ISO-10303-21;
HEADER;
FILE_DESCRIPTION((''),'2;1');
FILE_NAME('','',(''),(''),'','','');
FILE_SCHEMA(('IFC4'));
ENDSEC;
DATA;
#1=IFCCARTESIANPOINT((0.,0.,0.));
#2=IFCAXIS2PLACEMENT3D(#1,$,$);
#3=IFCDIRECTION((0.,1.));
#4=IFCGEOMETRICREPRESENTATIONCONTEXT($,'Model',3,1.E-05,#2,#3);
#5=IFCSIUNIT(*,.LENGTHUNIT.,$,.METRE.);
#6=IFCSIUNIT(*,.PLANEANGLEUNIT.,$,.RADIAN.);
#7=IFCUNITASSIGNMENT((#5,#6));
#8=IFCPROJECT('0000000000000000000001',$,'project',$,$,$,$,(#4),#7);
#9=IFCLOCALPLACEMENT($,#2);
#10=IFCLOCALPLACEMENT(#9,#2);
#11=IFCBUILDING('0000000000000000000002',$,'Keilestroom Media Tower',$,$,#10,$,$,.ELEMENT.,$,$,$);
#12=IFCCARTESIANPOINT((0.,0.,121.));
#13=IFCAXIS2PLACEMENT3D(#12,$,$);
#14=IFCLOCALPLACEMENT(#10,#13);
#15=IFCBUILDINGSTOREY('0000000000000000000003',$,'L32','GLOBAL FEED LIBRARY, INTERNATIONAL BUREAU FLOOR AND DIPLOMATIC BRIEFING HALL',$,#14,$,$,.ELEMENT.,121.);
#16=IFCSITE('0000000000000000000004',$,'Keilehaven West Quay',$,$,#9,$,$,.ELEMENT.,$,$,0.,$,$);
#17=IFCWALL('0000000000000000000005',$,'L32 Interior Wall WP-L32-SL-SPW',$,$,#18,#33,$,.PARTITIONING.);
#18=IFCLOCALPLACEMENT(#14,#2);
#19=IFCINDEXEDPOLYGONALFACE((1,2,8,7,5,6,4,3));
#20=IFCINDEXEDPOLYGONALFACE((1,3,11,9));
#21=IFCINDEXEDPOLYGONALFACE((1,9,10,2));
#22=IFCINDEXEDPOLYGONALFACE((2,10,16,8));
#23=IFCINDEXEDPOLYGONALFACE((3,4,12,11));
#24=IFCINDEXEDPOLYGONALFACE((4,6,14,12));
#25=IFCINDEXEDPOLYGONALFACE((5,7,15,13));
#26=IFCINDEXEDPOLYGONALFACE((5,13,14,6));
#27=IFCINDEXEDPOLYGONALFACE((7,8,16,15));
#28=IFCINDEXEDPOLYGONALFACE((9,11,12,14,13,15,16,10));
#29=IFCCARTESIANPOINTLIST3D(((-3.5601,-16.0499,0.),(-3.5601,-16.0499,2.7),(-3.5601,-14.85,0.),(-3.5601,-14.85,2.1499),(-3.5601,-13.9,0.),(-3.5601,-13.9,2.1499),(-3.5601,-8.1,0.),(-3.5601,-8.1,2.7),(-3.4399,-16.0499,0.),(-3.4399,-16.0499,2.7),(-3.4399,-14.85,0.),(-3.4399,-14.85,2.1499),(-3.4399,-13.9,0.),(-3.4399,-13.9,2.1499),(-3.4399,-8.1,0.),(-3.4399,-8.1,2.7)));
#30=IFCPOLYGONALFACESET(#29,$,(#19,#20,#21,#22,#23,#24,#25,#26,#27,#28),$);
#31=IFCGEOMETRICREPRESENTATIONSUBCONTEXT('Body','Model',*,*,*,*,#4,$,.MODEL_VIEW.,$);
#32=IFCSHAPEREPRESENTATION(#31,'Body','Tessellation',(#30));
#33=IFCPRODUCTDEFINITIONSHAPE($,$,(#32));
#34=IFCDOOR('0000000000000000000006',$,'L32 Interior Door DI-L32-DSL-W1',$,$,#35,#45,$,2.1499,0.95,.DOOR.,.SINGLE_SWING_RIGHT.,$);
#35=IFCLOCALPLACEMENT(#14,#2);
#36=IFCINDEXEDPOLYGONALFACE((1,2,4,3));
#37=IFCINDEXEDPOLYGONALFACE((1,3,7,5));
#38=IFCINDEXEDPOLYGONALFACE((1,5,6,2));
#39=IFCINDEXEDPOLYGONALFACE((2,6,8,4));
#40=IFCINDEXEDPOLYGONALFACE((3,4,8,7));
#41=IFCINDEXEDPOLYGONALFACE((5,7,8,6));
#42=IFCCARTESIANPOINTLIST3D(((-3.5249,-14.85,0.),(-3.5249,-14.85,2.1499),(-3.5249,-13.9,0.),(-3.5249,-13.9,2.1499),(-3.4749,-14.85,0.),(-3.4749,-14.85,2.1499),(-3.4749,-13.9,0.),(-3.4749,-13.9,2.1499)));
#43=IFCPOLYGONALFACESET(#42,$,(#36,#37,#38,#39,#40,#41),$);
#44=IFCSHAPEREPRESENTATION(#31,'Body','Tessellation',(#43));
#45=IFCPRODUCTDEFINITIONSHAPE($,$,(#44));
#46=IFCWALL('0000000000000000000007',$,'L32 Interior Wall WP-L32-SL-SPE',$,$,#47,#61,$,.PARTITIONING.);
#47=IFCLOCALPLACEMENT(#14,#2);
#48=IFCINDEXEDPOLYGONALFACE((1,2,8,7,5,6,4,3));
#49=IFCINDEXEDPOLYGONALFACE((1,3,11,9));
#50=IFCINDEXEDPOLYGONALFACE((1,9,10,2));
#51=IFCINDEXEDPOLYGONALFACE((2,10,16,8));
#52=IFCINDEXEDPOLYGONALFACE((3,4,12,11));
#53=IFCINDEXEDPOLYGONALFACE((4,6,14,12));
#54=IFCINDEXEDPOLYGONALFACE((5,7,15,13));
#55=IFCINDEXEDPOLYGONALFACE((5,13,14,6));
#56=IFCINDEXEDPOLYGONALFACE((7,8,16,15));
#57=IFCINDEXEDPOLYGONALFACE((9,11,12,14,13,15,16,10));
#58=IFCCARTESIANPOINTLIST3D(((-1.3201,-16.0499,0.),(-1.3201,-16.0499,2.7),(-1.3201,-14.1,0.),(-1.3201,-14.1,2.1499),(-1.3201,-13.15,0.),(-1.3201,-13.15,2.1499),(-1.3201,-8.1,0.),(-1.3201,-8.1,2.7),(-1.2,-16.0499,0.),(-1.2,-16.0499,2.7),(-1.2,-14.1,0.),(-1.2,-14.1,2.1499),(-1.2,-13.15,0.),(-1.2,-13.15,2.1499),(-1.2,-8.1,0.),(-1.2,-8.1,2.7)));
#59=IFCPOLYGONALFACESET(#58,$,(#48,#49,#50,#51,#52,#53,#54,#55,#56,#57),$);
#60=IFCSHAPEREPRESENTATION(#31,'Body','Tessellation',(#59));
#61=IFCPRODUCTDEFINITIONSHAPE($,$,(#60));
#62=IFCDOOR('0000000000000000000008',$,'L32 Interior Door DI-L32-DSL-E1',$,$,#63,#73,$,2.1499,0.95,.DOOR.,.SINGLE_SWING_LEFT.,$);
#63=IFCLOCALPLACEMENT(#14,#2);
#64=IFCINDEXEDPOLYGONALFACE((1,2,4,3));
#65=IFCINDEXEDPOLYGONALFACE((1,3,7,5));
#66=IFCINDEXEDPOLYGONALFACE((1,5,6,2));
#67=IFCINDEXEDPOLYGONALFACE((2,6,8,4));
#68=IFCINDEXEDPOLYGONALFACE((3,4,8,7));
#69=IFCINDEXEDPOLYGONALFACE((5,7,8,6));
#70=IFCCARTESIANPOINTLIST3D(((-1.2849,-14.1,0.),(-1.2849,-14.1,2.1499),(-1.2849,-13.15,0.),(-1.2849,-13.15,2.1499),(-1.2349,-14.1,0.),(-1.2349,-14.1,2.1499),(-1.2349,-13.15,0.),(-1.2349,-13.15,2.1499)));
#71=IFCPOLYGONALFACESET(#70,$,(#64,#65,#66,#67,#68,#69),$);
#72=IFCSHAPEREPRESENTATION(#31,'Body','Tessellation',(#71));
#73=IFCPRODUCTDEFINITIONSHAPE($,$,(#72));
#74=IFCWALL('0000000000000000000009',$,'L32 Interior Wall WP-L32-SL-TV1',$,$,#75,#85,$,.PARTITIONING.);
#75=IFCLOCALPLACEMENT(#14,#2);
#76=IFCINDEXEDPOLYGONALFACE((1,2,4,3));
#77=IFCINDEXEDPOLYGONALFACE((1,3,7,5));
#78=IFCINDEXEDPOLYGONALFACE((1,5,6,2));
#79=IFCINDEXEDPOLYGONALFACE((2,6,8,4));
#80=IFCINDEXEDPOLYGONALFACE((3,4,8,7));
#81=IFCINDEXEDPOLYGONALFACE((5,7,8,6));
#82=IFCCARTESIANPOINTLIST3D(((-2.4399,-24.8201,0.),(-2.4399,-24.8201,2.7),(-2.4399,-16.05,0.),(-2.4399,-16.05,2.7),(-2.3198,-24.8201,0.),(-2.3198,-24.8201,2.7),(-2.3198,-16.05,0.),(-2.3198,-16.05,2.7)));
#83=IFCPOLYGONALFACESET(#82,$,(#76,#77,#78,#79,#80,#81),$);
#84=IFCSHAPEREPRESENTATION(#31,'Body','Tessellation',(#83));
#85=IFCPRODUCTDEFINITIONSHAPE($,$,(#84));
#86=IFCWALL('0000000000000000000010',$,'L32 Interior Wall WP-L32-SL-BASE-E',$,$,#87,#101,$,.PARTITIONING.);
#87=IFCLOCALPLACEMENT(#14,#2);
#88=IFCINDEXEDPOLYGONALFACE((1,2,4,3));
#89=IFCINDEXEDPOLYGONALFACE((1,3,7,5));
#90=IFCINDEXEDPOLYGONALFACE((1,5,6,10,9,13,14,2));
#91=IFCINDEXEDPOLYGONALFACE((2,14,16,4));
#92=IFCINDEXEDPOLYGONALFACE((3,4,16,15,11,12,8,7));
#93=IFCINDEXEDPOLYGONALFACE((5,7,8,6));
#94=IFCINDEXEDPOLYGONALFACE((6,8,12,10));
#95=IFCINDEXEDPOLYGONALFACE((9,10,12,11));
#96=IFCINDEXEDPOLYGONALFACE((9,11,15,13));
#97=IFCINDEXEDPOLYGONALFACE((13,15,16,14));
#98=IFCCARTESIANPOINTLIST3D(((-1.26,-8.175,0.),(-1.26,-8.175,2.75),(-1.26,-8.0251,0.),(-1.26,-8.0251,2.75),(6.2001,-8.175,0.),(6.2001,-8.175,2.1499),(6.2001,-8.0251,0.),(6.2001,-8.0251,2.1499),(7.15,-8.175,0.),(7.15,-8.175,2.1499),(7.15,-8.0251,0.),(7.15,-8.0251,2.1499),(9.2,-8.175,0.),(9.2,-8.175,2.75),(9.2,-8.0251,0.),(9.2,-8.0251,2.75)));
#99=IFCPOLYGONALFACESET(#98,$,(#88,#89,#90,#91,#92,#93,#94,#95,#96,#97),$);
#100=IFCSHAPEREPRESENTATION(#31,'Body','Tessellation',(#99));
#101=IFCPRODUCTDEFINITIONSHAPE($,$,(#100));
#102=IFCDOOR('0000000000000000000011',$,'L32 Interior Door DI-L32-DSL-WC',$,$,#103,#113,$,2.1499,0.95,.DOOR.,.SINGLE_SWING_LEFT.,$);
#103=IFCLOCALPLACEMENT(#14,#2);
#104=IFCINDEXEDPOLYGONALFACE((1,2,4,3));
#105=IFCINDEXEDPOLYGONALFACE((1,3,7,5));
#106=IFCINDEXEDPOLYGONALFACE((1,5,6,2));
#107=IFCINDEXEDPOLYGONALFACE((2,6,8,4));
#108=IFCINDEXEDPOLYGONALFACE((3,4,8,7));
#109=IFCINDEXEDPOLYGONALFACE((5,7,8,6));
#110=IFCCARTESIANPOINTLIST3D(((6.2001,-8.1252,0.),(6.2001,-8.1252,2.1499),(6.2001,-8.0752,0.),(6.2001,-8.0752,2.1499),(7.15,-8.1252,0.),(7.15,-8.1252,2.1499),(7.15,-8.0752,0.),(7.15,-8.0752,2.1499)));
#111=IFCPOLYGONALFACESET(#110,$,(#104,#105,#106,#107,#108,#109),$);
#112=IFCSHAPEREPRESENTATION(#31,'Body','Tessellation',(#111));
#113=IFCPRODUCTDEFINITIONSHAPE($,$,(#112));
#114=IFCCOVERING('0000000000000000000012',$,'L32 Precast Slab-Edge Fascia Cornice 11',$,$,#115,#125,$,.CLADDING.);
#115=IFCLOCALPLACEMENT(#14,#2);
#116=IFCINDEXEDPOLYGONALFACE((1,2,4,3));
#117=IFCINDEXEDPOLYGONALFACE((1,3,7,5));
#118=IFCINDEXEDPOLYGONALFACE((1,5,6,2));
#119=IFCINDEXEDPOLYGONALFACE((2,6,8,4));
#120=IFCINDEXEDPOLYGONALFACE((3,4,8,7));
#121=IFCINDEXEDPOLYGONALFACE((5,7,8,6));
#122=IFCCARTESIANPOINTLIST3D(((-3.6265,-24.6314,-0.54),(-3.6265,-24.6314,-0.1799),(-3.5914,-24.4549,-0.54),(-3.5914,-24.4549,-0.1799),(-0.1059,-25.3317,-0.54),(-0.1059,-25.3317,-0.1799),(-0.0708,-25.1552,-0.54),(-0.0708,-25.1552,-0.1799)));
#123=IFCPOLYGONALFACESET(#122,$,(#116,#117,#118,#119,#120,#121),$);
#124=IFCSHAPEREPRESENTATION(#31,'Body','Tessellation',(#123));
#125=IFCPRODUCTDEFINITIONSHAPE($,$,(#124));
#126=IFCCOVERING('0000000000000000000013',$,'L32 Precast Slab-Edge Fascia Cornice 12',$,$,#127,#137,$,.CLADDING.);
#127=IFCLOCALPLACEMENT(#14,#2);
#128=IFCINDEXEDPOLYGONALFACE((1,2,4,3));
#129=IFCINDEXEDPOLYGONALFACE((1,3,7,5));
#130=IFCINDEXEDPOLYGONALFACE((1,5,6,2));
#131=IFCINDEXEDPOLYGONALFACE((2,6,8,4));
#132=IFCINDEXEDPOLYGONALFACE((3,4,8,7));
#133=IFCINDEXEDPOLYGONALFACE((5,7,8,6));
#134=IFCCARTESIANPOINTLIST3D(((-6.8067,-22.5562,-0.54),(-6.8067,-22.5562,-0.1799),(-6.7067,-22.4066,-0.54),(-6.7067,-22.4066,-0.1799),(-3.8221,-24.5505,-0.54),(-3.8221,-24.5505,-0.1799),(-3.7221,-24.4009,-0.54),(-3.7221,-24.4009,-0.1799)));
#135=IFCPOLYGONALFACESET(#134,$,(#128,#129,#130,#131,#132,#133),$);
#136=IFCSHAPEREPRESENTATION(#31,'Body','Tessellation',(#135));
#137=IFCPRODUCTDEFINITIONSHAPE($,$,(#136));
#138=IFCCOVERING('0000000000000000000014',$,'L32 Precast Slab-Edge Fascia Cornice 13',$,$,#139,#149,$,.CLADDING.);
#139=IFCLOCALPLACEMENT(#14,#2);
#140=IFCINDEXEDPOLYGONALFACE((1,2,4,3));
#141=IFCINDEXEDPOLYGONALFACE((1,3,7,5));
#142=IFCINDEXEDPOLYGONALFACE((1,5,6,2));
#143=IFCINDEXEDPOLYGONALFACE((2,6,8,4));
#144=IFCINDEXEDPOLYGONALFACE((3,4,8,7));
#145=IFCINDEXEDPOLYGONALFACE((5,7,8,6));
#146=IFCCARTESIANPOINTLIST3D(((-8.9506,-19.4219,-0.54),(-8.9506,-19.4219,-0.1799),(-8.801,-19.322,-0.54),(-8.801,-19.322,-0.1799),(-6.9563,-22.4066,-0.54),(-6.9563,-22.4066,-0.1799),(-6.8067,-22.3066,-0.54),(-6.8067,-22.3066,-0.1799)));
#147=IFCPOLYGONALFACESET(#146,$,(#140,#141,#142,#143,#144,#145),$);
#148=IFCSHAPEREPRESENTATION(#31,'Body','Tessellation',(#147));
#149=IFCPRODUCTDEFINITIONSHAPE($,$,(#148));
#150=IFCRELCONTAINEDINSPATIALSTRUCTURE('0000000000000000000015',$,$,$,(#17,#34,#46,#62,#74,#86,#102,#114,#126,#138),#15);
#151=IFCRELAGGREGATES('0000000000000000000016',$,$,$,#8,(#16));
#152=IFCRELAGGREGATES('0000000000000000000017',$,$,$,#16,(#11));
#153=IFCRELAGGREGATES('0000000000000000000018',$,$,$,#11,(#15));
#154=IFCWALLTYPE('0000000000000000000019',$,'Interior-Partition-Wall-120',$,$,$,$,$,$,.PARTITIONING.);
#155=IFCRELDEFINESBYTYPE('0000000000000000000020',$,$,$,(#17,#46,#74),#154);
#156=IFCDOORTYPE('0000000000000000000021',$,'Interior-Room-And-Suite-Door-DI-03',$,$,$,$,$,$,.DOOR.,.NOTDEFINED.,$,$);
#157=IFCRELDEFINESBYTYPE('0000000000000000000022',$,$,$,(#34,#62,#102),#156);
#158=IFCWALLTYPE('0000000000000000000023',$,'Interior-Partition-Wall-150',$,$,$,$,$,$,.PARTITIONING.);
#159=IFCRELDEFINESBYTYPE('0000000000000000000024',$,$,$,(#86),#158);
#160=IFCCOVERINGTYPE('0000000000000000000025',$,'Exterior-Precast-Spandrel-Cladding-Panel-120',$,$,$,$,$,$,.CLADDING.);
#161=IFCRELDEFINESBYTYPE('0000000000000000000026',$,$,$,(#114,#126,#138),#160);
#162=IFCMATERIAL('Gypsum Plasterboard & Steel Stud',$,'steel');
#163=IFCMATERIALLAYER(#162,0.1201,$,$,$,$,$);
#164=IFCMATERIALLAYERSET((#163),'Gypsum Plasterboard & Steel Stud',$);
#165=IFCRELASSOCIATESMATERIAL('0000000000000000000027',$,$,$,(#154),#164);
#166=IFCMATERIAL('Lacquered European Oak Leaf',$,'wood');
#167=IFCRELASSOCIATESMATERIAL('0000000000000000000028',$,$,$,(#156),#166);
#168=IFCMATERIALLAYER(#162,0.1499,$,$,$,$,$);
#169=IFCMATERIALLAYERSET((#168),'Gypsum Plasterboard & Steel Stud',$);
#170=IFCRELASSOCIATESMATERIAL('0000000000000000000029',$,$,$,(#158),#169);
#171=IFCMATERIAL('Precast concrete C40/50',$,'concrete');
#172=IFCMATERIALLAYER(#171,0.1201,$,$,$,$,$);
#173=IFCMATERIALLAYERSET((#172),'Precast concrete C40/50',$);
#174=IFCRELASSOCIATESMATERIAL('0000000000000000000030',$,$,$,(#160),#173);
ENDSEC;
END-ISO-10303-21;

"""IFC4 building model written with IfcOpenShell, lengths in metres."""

from ifc_helpers import new_model, si_unit, direction, frame, frame_2d, origin, origin_2d, place, context, subcontext, project, spatial, rectangle, extrude, source, transform, mapped, material, layer, layer_set, type_object, element, fill, save


model = new_model("IFC4")

# Units and contexts
model_context = context("Model", 3, precision=1e-05, world=origin(), true_north=direction((0.0, 1.0)))
body_context = subcontext(model_context, "Body", "Model", "MODEL_VIEW")
ifc_project = project(units=[si_unit("LENGTHUNIT", "METRE"), si_unit("PLANEANGLEUNIT", "RADIAN")], contexts=[model_context])

# Site, building, storey
site_placement = place(None, origin())
site = spatial("IfcSite", under=ifc_project, at=site_placement, Name="Keilehaven West Quay", CompositionType="ELEMENT", RefElevation=0.0)
building_placement = place(site_placement, origin())
building = spatial("IfcBuilding", under=site, at=building_placement, Name="Keilestroom Media Tower", CompositionType="ELEMENT")
storey_placement = place(building_placement, frame((0.0, 0.0, 121.0)))
storey = spatial("IfcBuildingStorey", under=building, at=storey_placement, Name="L32", Description="GLOBAL FEED LIBRARY, INTERNATIONAL BUREAU FLOOR AND DIPLOMATIC BRIEFING HALL", CompositionType="ELEMENT", Elevation=121.0)

# Shared definitions
ifc_material_1 = material(Name="Precast concrete C40/50", Category="concrete")

# Walls, openings, doors
ifc_material_2 = material(Name="Gypsum Plasterboard & Steel Stud", Category="steel")
ifc_layer_1 = layer(ifc_material_2, 0.1201)
ifc_layer_set_1 = layer_set([ifc_layer_1], Name="Gypsum Plasterboard & Steel Stud")
wall_type_1 = type_object("IfcWallType", Name="Interior-Partition-Wall-120", PredefinedType="PARTITIONING", material=ifc_layer_set_1)
wall_1_placement = place(storey_placement, frame((-3.5, -16.05, 0.0), z_axis=(0.0, 0.0, 1.0), x_axis=(0.0, 1.0, 0.0)))
wall_1 = element("IfcWall", 1, at=wall_1_placement, inside=storey, type_object=wall_type_1, Name="L32 Interior Wall WP-L32-SL-SPW", PredefinedType="PARTITIONING", context=body_context, shape_type="SweptSolid", body=[
    extrude(rectangle(XDim=7.95, YDim=0.1201, at=frame_2d((3.9751, 0.0))), origin(), (0.0, 0.0, 1.0), 2.7),
])
opening_1_placement = place(wall_1_placement, frame((1.2, 0.0, 0.0)))
opening_1 = element("IfcOpeningElement", 2, at=opening_1_placement, cuts=wall_1, PredefinedType="OPENING", context=body_context, shape_type="SweptSolid", body=[
    extrude(rectangle(XDim=0.95, YDim=2.1499, at=frame_2d((0.4751, 1.075))), frame((0.0, 0.0701, 0.0), z_axis=(0.0, -1.0, 0.0), x_axis=(1.0, 0.0, 0.0)), (0.0, 0.0, 1.0), 0.1401),
])
ifc_material_3 = material(Name="Lacquered European Oak Leaf", Category="wood")
door_type = type_object("IfcDoorType", Name="Interior-Room-And-Suite-Door-DI-03", OperationType="NOTDEFINED", PredefinedType="DOOR", material=ifc_material_3)
shared_shape_1 = source(origin(), body_context, "Body", "SweptSolid", [
    extrude(rectangle(XDim=0.95, YDim=2.1499, at=frame_2d((0.4751, 1.075))), frame((0.0, 0.0249, 0.0), z_axis=(0.0, -1.0, 0.0), x_axis=(1.0, 0.0, 0.0)), (0.0, 0.0, 1.0), 0.05),
])
door_1_placement = place(opening_1_placement, origin())
door_1 = element("IfcDoor", 3, at=door_1_placement, inside=storey, type_object=door_type, Name="L32 Interior Door DI-L32-DSL-W1", OperationType="SINGLE_SWING_RIGHT", OverallHeight=2.1499, OverallWidth=0.95, PredefinedType="DOOR", context=body_context, shape_type="MappedRepresentation", body=[
    mapped(shared_shape_1, transform((0.0, 0.0, 0.0), x_axis=(1.0, 0.0, 0.0), y_axis=(0.0, 1.0, 0.0), z_axis=(0.0, 0.0, 1.0), scale=1.0)),
])
fill(opening_1, door_1)
wall_2_placement = place(storey_placement, frame((-1.26, -16.05, 0.0), z_axis=(0.0, 0.0, 1.0), x_axis=(0.0, 1.0, 0.0)))
wall_2 = element("IfcWall", 4, at=wall_2_placement, inside=storey, type_object=wall_type_1, Name="L32 Interior Wall WP-L32-SL-SPE", PredefinedType="PARTITIONING", context=body_context, shape_type="SweptSolid", body=[
    extrude(rectangle(XDim=7.95, YDim=0.1201, at=frame_2d((3.9751, 0.0))), origin(), (0.0, 0.0, 1.0), 2.7),
])
opening_2_placement = place(wall_2_placement, frame((1.95, 0.0, 0.0)))
opening_2 = element("IfcOpeningElement", 5, at=opening_2_placement, cuts=wall_2, PredefinedType="OPENING", context=body_context, shape_type="SweptSolid", body=[
    extrude(rectangle(XDim=0.95, YDim=2.1499, at=frame_2d((0.4751, 1.075))), frame((0.0, 0.0701, 0.0), z_axis=(0.0, -1.0, 0.0), x_axis=(1.0, 0.0, 0.0)), (0.0, 0.0, 1.0), 0.1401),
])
door_2_placement = place(opening_2_placement, origin())
door_2 = element("IfcDoor", 6, at=door_2_placement, inside=storey, type_object=door_type, Name="L32 Interior Door DI-L32-DSL-E1", OperationType="SINGLE_SWING_LEFT", OverallHeight=2.1499, OverallWidth=0.95, PredefinedType="DOOR", context=body_context, shape_type="MappedRepresentation", body=[
    mapped(shared_shape_1, transform((0.0, 0.0, 0.0), x_axis=(1.0, 0.0, 0.0), y_axis=(0.0, 1.0, 0.0), z_axis=(0.0, 0.0, 1.0), scale=1.0)),
])
fill(opening_2, door_2)

# Wall
wall_3_placement = place(storey_placement, frame((-2.3799, -24.8201, 0.0), z_axis=(0.0, 0.0, 1.0), x_axis=(0.0, 1.0, 0.0)))
element("IfcWall", 7, at=wall_3_placement, inside=storey, type_object=wall_type_1, Name="L32 Interior Wall WP-L32-SL-TV1", PredefinedType="PARTITIONING", context=body_context, shape_type="SweptSolid", body=[
    extrude(rectangle(XDim=8.77, YDim=0.1201, at=frame_2d((4.385, 0.0))), origin(), (0.0, 0.0, 1.0), 2.7),
])

# Wall, opening, door
ifc_layer_2 = layer(ifc_material_2, 0.1499)
ifc_layer_set_2 = layer_set([ifc_layer_2], Name="Gypsum Plasterboard & Steel Stud")
wall_type_2 = type_object("IfcWallType", Name="Interior-Partition-Wall-150", PredefinedType="PARTITIONING", material=ifc_layer_set_2)
wall_4_placement = place(storey_placement, frame((-1.26, -8.1001, 0.0), z_axis=(0.0, 0.0, 1.0), x_axis=(1.0, 0.0, 0.0)))
wall_4 = element("IfcWall", 8, at=wall_4_placement, inside=storey, type_object=wall_type_2, Name="L32 Interior Wall WP-L32-SL-BASE-E", PredefinedType="PARTITIONING", context=body_context, shape_type="SweptSolid", body=[
    extrude(rectangle(XDim=10.46, YDim=0.1499, at=frame_2d((5.23, 0.0))), origin(), (0.0, 0.0, 1.0), 2.75),
])
opening_3_placement = place(wall_4_placement, frame((7.46, 0.0, 0.0)))
opening_3 = element("IfcOpeningElement", 9, at=opening_3_placement, cuts=wall_4, PredefinedType="OPENING", context=body_context, shape_type="SweptSolid", body=[
    extrude(rectangle(XDim=0.95, YDim=2.1499, at=frame_2d((0.4751, 1.075))), frame((0.0, 0.085, 0.0), z_axis=(0.0, -1.0, 0.0), x_axis=(1.0, 0.0, 0.0)), (0.0, 0.0, 1.0), 0.1699),
])
door_3_placement = place(opening_3_placement, origin())
door_3 = element("IfcDoor", 10, at=door_3_placement, inside=storey, type_object=door_type, Name="L32 Interior Door DI-L32-DSL-WC", OperationType="SINGLE_SWING_LEFT", OverallHeight=2.1499, OverallWidth=0.95, PredefinedType="DOOR", context=body_context, shape_type="MappedRepresentation", body=[
    mapped(shared_shape_1, transform((0.0, 0.0, 0.0), x_axis=(1.0, 0.0, 0.0), y_axis=(0.0, 1.0, 0.0), z_axis=(0.0, 0.0, 1.0), scale=1.0)),
])
fill(opening_3, door_3)

# Coverings
ifc_layer_3 = layer(ifc_material_1, 0.1201)
ifc_layer_set_3 = layer_set([ifc_layer_3], Name="Precast concrete C40/50")
covering_type = type_object("IfcCoveringType", Name="Exterior-Precast-Spandrel-Cladding-Panel-120", PredefinedType="CLADDING", material=ifc_layer_set_3)
shared_shape_2 = source(origin(), body_context, "Body", "SweptSolid", [
    extrude(rectangle(XDim=3.5896, YDim=0.1799, at=origin_2d()), origin(), (0.0, 0.0, 1.0), 0.3601),
])
for number, where, z_axis, x_axis, name in (
    (11, (-1.8486, -24.8933, -0.54), (0.0, 0.0, 1.0), (-0.980784, 0.195099, 0.0), "L32 Precast Slab-Edge Fascia Cornice 11"),
    (12, (-5.2644, -23.4785, -0.54), (0.0, 0.0, 1.0), (-0.831467, 0.555575, 0.0), "L32 Precast Slab-Edge Fascia Cornice 12"),
    (13, (-7.8787, -20.8643, -0.54), (0.0, 0.0, 1.0), (-0.555575, 0.831467, 0.0), "L32 Precast Slab-Edge Fascia Cornice 13"),
):
    element("IfcCovering", number, at=place(storey_placement, frame(where, z_axis=z_axis, x_axis=x_axis)), inside=storey, type_object=covering_type, Name=name, PredefinedType="CLADDING", context=body_context, shape_type="MappedRepresentation", body=[
        mapped(shared_shape_2, transform((0.0, 0.0, 0.0), x_axis=(1.0, 0.0, 0.0), y_axis=(0.0, 1.0, 0.0), z_axis=(0.0, 0.0, 1.0), scale=1.0)),
    ])

save(model, "model.ifc")
